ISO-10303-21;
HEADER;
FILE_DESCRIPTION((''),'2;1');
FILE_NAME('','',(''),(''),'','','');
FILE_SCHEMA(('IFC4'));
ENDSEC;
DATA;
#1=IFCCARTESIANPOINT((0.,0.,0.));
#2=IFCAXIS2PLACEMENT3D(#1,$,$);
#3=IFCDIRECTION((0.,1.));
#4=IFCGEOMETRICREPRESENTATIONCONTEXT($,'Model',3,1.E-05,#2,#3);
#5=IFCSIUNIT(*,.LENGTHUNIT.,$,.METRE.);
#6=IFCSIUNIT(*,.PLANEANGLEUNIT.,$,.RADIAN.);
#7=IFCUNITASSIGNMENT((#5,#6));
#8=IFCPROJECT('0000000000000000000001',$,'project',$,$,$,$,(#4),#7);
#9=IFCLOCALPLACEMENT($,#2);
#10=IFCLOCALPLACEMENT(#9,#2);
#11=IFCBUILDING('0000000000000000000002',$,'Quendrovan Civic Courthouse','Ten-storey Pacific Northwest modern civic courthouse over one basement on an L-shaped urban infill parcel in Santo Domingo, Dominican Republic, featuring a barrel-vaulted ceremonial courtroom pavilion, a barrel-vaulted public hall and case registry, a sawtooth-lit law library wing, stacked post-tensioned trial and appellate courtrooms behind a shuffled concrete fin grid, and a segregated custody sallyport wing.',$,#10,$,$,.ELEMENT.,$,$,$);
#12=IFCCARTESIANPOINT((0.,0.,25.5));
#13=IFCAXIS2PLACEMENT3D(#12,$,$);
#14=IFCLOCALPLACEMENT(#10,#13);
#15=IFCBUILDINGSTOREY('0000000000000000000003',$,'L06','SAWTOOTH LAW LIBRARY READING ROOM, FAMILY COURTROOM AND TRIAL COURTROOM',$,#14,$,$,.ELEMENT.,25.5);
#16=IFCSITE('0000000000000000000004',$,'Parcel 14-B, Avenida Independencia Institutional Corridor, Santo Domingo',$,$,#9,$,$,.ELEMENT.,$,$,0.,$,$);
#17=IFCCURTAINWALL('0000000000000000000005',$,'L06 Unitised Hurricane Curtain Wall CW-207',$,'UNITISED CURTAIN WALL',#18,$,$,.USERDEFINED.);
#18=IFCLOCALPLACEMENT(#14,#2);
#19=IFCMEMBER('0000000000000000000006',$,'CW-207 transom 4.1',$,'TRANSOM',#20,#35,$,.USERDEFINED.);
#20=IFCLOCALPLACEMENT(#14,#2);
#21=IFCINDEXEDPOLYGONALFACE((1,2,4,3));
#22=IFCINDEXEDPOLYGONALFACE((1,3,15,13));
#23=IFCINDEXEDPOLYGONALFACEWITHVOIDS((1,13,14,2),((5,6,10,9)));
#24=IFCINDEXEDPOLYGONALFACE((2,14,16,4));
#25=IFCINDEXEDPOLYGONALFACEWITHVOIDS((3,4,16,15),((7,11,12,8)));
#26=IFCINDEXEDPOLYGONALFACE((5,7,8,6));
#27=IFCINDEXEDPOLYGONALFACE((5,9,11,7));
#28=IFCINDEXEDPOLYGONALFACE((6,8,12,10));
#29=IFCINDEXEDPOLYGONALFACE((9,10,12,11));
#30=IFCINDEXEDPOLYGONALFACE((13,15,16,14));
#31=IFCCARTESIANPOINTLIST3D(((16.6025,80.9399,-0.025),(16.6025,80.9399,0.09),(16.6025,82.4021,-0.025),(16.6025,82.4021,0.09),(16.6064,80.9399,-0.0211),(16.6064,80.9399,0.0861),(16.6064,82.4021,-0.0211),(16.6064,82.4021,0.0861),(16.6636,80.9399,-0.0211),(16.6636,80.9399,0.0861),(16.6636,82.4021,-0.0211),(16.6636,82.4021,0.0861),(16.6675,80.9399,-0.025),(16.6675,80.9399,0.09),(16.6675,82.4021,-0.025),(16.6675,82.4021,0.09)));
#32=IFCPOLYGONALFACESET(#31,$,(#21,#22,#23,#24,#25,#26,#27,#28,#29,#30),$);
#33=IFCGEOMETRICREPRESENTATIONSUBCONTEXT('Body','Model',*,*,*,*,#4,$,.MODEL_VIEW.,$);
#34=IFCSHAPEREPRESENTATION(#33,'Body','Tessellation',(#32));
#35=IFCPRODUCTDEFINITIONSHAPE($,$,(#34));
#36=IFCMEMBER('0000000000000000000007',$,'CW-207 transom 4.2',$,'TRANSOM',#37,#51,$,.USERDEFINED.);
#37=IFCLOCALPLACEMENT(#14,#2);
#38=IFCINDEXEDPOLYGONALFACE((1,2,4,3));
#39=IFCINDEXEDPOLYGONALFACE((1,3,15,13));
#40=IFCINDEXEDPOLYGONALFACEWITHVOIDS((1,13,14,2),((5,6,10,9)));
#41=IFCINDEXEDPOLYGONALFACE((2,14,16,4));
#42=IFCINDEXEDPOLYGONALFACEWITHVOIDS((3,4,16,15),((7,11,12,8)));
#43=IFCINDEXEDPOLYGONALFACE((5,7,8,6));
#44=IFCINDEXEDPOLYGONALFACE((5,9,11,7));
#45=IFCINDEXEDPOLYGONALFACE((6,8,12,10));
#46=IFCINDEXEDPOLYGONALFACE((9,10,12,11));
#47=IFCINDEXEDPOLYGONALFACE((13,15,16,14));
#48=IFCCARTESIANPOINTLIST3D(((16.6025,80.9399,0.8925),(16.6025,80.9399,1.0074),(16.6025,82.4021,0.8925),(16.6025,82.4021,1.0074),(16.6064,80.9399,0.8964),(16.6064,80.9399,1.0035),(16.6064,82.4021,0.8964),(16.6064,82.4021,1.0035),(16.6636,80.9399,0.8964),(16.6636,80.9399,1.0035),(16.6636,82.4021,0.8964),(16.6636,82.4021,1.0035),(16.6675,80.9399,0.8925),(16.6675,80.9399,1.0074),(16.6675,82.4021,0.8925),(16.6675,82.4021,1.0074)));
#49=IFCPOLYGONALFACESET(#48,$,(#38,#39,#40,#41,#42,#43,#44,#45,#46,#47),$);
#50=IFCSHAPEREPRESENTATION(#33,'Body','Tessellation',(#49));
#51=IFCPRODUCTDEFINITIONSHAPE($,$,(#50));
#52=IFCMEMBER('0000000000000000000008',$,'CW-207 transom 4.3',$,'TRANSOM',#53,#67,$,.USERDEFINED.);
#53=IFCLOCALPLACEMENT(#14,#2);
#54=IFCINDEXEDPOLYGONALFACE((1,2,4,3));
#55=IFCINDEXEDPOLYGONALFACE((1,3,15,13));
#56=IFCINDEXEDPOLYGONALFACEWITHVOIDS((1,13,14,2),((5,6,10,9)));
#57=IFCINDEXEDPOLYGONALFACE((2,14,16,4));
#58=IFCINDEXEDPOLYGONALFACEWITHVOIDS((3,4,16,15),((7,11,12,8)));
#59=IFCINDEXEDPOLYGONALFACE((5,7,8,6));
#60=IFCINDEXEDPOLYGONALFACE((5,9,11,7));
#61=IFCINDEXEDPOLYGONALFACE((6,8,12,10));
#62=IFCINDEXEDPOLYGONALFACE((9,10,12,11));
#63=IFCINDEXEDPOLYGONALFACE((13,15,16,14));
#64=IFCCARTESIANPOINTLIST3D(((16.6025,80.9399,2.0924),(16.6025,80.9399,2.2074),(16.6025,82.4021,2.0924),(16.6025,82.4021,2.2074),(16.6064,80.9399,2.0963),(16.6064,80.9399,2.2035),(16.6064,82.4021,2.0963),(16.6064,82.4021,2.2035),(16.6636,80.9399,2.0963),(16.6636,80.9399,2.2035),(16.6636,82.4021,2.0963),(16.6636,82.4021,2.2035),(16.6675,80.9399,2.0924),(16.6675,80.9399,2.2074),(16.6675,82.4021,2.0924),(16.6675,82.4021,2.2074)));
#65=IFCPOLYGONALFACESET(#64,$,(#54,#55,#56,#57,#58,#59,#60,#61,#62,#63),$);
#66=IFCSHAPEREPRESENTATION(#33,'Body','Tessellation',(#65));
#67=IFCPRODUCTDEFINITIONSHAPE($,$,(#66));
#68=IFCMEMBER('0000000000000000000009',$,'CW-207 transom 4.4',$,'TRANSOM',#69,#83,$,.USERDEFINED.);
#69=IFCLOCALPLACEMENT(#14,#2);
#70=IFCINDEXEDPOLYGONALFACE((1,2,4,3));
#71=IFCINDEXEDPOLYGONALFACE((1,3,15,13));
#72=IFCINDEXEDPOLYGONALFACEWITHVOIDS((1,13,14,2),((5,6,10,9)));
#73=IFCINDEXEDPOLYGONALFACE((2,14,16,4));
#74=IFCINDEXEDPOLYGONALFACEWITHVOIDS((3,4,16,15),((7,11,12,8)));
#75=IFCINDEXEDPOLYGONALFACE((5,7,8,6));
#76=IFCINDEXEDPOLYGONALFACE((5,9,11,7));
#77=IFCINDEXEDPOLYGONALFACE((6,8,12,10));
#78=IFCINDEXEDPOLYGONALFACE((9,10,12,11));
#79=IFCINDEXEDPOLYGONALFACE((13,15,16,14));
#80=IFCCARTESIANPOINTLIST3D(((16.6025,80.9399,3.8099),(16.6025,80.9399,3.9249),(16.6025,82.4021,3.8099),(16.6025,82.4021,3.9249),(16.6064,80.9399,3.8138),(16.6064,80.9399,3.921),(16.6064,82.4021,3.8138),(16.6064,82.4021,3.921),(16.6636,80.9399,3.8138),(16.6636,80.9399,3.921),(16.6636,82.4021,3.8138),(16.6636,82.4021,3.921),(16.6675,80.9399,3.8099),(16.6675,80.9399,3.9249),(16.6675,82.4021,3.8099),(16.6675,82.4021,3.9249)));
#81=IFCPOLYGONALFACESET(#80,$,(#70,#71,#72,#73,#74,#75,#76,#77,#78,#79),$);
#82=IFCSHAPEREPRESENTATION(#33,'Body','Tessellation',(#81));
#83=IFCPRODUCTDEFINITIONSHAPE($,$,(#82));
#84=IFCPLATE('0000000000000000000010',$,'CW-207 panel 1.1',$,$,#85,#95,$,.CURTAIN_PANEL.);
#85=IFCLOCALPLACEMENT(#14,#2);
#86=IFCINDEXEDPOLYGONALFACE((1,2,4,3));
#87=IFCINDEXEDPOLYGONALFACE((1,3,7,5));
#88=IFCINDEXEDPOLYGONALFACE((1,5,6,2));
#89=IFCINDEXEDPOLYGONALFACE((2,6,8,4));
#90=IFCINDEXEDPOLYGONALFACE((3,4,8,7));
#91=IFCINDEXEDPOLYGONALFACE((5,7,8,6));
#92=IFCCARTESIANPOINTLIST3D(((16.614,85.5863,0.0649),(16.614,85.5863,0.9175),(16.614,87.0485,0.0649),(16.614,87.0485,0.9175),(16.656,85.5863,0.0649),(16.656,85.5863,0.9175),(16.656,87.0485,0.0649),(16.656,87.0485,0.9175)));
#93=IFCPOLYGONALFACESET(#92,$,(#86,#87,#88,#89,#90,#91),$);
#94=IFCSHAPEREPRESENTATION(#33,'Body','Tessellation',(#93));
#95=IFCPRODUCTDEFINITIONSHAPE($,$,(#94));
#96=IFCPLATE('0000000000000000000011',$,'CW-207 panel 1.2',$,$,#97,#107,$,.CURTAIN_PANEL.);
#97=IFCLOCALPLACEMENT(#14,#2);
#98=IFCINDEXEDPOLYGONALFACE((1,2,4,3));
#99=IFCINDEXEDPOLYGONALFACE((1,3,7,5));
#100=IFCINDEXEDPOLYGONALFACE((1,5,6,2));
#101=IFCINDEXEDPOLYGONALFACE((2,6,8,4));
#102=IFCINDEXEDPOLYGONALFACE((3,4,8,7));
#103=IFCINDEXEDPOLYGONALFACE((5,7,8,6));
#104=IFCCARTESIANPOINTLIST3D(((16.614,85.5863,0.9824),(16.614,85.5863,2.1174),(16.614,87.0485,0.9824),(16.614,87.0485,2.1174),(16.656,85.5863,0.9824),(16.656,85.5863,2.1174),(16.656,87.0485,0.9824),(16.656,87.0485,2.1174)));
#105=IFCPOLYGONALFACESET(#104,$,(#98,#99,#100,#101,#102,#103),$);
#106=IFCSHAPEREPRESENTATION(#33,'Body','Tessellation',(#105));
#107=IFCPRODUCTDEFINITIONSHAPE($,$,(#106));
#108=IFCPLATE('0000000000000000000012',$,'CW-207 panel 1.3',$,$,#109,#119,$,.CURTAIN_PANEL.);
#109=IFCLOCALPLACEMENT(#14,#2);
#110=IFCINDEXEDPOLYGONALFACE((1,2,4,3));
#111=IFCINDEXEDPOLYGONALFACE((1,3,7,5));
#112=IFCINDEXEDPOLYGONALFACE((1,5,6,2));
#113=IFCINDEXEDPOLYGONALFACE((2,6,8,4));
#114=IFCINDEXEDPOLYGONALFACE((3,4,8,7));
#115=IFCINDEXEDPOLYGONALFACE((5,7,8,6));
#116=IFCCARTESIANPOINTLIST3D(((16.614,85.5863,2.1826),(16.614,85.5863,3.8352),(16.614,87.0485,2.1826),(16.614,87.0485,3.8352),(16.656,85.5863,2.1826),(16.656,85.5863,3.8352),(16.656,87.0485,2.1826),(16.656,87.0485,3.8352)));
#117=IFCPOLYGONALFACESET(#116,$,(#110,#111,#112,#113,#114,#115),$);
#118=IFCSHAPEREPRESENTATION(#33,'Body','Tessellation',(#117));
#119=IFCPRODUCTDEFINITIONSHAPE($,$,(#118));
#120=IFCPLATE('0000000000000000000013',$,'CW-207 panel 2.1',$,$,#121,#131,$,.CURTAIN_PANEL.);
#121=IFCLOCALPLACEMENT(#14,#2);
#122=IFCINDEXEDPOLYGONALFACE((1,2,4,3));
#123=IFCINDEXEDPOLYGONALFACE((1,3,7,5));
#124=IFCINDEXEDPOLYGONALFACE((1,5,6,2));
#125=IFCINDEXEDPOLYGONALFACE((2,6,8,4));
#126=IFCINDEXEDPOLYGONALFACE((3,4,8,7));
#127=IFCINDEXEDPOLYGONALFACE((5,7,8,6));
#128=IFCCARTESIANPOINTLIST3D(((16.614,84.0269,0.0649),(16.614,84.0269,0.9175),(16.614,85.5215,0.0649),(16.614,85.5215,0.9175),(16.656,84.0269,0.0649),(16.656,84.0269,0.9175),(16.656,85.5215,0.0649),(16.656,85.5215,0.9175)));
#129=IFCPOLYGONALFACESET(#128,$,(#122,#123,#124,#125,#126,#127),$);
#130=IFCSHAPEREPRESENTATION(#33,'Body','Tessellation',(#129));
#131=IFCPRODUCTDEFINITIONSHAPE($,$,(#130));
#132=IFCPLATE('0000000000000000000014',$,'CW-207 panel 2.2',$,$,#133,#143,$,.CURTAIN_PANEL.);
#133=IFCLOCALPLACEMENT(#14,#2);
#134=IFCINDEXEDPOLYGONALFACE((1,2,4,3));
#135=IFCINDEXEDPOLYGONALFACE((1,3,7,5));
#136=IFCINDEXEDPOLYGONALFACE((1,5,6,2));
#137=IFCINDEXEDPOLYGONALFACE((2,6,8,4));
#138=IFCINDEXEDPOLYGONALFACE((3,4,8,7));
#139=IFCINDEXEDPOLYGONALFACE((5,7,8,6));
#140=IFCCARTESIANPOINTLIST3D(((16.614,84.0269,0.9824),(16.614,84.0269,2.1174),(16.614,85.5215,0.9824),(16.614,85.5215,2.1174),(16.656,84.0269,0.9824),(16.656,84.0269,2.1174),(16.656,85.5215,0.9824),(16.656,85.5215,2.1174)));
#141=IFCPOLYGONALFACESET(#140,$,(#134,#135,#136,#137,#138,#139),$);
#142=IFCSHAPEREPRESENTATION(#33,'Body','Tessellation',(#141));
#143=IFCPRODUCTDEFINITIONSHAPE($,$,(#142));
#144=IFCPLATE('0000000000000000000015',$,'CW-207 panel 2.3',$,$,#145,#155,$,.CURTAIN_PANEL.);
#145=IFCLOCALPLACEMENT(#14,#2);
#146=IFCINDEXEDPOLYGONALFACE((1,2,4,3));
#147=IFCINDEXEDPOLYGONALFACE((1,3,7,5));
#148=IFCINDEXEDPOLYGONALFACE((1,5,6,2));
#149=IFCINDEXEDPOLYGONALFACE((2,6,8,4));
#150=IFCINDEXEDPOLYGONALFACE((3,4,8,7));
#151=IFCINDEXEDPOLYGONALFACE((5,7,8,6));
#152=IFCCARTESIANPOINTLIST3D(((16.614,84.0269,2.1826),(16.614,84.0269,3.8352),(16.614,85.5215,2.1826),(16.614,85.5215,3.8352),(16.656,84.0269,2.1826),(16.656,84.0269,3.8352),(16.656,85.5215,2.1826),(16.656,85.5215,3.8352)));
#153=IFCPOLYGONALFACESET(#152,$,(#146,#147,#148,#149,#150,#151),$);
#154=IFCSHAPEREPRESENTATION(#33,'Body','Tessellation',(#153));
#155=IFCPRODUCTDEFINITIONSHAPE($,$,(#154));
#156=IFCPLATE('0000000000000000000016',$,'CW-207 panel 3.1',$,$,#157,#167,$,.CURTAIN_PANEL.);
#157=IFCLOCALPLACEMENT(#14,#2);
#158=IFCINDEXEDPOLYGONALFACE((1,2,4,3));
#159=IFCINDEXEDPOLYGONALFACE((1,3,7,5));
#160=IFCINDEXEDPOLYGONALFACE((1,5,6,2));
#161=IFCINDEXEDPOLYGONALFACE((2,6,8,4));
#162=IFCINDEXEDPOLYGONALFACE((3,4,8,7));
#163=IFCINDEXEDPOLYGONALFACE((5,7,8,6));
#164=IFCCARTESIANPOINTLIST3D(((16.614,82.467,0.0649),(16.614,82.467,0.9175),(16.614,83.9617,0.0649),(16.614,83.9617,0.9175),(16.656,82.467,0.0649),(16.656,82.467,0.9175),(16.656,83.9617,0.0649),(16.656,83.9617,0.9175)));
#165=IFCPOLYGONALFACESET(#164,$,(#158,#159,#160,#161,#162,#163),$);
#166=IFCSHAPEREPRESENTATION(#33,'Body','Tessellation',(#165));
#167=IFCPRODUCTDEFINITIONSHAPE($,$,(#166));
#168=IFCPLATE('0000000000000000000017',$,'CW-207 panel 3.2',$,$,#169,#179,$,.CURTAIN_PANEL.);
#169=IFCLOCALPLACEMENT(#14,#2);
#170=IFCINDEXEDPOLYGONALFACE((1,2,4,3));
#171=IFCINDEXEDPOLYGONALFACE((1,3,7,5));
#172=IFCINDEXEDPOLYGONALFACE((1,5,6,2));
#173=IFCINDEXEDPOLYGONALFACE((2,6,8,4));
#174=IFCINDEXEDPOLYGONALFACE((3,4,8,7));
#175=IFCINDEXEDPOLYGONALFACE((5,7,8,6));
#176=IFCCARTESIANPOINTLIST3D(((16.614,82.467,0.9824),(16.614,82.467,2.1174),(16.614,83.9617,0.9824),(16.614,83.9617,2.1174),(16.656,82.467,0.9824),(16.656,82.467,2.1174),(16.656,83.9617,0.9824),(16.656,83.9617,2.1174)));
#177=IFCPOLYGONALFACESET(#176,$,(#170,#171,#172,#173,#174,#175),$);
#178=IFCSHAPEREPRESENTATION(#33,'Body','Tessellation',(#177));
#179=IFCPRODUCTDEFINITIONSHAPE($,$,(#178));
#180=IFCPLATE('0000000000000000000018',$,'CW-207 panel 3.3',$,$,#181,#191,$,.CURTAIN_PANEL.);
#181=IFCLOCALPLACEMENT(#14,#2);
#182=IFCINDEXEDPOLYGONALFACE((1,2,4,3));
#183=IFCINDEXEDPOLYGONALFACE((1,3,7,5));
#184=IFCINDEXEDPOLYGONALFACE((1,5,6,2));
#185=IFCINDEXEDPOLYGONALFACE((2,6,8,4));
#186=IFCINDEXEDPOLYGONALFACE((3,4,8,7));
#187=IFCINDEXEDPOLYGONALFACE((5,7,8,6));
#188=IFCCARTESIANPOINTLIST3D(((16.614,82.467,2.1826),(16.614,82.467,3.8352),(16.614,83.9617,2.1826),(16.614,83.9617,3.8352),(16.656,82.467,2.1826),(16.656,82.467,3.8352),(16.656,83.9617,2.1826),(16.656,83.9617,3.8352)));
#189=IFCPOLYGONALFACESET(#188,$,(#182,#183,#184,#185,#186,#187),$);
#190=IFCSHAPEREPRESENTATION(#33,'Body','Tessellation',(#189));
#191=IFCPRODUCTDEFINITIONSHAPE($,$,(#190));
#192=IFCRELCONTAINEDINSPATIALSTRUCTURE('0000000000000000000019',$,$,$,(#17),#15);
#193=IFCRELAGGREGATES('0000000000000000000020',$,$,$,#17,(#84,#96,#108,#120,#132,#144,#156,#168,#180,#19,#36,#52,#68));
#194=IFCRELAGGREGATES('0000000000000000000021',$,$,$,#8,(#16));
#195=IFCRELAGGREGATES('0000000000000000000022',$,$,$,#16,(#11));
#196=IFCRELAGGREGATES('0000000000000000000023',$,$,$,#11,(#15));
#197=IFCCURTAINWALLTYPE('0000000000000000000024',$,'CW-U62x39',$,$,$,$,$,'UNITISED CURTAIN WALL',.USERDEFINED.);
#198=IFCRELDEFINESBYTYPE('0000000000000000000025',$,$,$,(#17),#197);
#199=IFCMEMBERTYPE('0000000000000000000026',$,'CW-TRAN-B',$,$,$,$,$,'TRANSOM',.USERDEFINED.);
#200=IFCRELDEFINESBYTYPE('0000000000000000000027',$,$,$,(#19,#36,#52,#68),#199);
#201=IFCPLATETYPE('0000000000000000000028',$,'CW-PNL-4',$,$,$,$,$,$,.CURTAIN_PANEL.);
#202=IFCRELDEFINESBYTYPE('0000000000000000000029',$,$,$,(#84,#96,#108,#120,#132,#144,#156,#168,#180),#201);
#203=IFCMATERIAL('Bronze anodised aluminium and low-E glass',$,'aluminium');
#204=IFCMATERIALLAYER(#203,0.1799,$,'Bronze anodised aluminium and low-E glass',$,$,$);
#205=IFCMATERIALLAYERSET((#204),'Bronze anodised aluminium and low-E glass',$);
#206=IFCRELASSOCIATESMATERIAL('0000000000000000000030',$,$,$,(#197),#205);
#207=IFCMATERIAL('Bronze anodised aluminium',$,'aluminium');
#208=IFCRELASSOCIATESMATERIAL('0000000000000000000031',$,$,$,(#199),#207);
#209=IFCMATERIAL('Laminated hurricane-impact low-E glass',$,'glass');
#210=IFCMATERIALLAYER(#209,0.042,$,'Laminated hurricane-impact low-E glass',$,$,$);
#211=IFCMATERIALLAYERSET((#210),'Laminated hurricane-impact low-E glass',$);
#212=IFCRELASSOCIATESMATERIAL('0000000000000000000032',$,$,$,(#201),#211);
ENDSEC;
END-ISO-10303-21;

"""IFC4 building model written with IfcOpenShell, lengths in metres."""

from ifc_helpers import new_model, si_unit, direction, frame, origin, origin_2d, place, context, subcontext, project, spatial, rectangle, hollow_rectangle, extrude, material, layer, layer_set, material_profile, profile_set, type_object, element, aggregate, save


model = new_model("IFC4")

# Units and contexts
model_context = context("Model", 3, precision=1e-05, world=origin(), true_north=direction((0.0, 1.0)))
body_context = subcontext(model_context, "Body", "Model", "MODEL_VIEW")
ifc_project = project(units=[si_unit("LENGTHUNIT", "METRE"), si_unit("PLANEANGLEUNIT", "RADIAN")], contexts=[model_context])

# Site, building, storey
site_placement = place(None, origin())
site = spatial("IfcSite", under=ifc_project, at=site_placement, Name="Parcel 14-B, Avenida Independencia Institutional Corridor, Santo Domingo", CompositionType="ELEMENT", RefElevation=0.0)
building_placement = place(site_placement, origin())
building = spatial("IfcBuilding", under=site, at=building_placement, Name="Quendrovan Civic Courthouse", Description="Ten-storey Pacific Northwest modern civic courthouse over one basement on an L-shaped urban infill parcel in Santo Domingo, Dominican Republic, featuring a barrel-vaulted ceremonial courtroom pavilion, a barrel-vaulted public hall and case registry, a sawtooth-lit law library wing, stacked post-tensioned trial and appellate courtrooms behind a shuffled concrete fin grid, and a segregated custody sallyport wing.", CompositionType="ELEMENT")
storey_placement = place(building_placement, frame((0.0, 0.0, 25.5)))
storey = spatial("IfcBuildingStorey", under=building, at=storey_placement, Name="L06", Description="SAWTOOTH LAW LIBRARY READING ROOM, FAMILY COURTROOM AND TRIAL COURTROOM", CompositionType="ELEMENT", Elevation=25.5)

# Curtain wall, members, plates
ifc_material_1 = material(Name="Bronze anodised aluminium and low-E glass", Category="aluminium")
ifc_layer_1 = layer(ifc_material_1, 0.1799, Name="Bronze anodised aluminium and low-E glass")
ifc_layer_set_1 = layer_set([ifc_layer_1], Name="Bronze anodised aluminium and low-E glass")
curtain_wall_type = type_object("IfcCurtainWallType", Name="CW-U62x39", ElementType="UNITISED CURTAIN WALL", PredefinedType="USERDEFINED", material=ifc_layer_set_1)
curtain_wall_placement = place(storey_placement, origin())
curtain_wall = element("IfcCurtainWall", 1, at=curtain_wall_placement, inside=storey, type_object=curtain_wall_type, Name="L06 Unitised Hurricane Curtain Wall CW-207", ObjectType="UNITISED CURTAIN WALL", PredefinedType="USERDEFINED")
ifc_material_2 = material(Name="Bronze anodised aluminium", Category="aluminium")
ifc_material_profile_1 = material_profile(ifc_material_2, hollow_rectangle(XDim=0.0649, YDim=0.115, WallThickness=0.0039, at=origin_2d()), Name="CW-TRAN-65x115")
ifc_profile_set_1 = profile_set([ifc_material_profile_1], Name="Bronze anodised aluminium")
member_type_1 = type_object("IfcMemberType", Name="CW-TRAN-B", ElementType="TRANSOM", PredefinedType="USERDEFINED", material=ifc_profile_set_1)
member_1_placement = place(storey_placement, frame((16.635, 82.4021, 0.0325), z_axis=(0.0, -1.0, 0.0), x_axis=(1.0, 0.0, 0.0)))
member_1 = element("IfcMember", 2, at=member_1_placement, type_object=member_type_1, Name="CW-207 transom 4.1", ObjectType="TRANSOM", PredefinedType="USERDEFINED", context=body_context, shape_type="SweptSolid", body=[
    extrude(hollow_rectangle(XDim=0.0649, YDim=0.115, WallThickness=0.0039, at=origin_2d()), origin(), (0.0, 0.0, 1.0), 1.4622),
])
member_2_placement = place(storey_placement, frame((16.635, 82.4021, 0.95), z_axis=(0.0, -1.0, 0.0), x_axis=(1.0, 0.0, 0.0)))
member_2 = element("IfcMember", 3, at=member_2_placement, type_object=member_type_1, Name="CW-207 transom 4.2", ObjectType="TRANSOM", PredefinedType="USERDEFINED", context=body_context, shape_type="SweptSolid", body=[
    extrude(hollow_rectangle(XDim=0.0649, YDim=0.115, WallThickness=0.0039, at=origin_2d()), origin(), (0.0, 0.0, 1.0), 1.4622),
])
member_3_placement = place(storey_placement, frame((16.635, 82.4021, 2.1499), z_axis=(0.0, -1.0, 0.0), x_axis=(1.0, 0.0, 0.0)))
member_3 = element("IfcMember", 4, at=member_3_placement, type_object=member_type_1, Name="CW-207 transom 4.3", ObjectType="TRANSOM", PredefinedType="USERDEFINED", context=body_context, shape_type="SweptSolid", body=[
    extrude(hollow_rectangle(XDim=0.0649, YDim=0.115, WallThickness=0.0039, at=origin_2d()), origin(), (0.0, 0.0, 1.0), 1.4622),
])
member_4_placement = place(storey_placement, frame((16.635, 82.4021, 3.8674), z_axis=(0.0, -1.0, 0.0), x_axis=(1.0, 0.0, 0.0)))
member_4 = element("IfcMember", 5, at=member_4_placement, type_object=member_type_1, Name="CW-207 transom 4.4", ObjectType="TRANSOM", PredefinedType="USERDEFINED", context=body_context, shape_type="SweptSolid", body=[
    extrude(hollow_rectangle(XDim=0.0649, YDim=0.115, WallThickness=0.0039, at=origin_2d()), origin(), (0.0, 0.0, 1.0), 1.4622),
])
ifc_material_3 = material(Name="Laminated hurricane-impact low-E glass", Category="glass")
ifc_layer_2 = layer(ifc_material_3, 0.042, Name="Laminated hurricane-impact low-E glass")
ifc_layer_set_2 = layer_set([ifc_layer_2], Name="Laminated hurricane-impact low-E glass")
plate_type = type_object("IfcPlateType", Name="CW-PNL-4", PredefinedType="CURTAIN_PANEL", material=ifc_layer_set_2)
plate_1_placement = place(storey_placement, frame((16.635, 86.3174, 0.0649), z_axis=(0.0, 0.0, 1.0), x_axis=(0.0, -1.0, 0.0)))
plate_1 = element("IfcPlate", 6, at=plate_1_placement, type_object=plate_type, Name="CW-207 panel 1.1", PredefinedType="CURTAIN_PANEL", context=body_context, shape_type="SweptSolid", body=[
    extrude(rectangle(XDim=1.4622, YDim=0.042, at=origin_2d()), origin(), (0.0, 0.0, 1.0), 0.8525),
])
plate_2_placement = place(storey_placement, frame((16.635, 86.3174, 0.9824), z_axis=(0.0, 0.0, 1.0), x_axis=(0.0, -1.0, 0.0)))
plate_2 = element("IfcPlate", 7, at=plate_2_placement, type_object=plate_type, Name="CW-207 panel 1.2", PredefinedType="CURTAIN_PANEL", context=body_context, shape_type="SweptSolid", body=[
    extrude(rectangle(XDim=1.4622, YDim=0.042, at=origin_2d()), origin(), (0.0, 0.0, 1.0), 1.135),
])
plate_3_placement = place(storey_placement, frame((16.635, 86.3174, 2.1826), z_axis=(0.0, 0.0, 1.0), x_axis=(0.0, -1.0, 0.0)))
plate_3 = element("IfcPlate", 8, at=plate_3_placement, type_object=plate_type, Name="CW-207 panel 1.3", PredefinedType="CURTAIN_PANEL", context=body_context, shape_type="SweptSolid", body=[
    extrude(rectangle(XDim=1.4622, YDim=0.042, at=origin_2d()), origin(), (0.0, 0.0, 1.0), 1.6526),
])
plate_4_placement = place(storey_placement, frame((16.635, 84.7742, 0.0649), z_axis=(0.0, 0.0, 1.0), x_axis=(0.0, -1.0, 0.0)))
plate_4 = element("IfcPlate", 9, at=plate_4_placement, type_object=plate_type, Name="CW-207 panel 2.1", PredefinedType="CURTAIN_PANEL", context=body_context, shape_type="SweptSolid", body=[
    extrude(rectangle(XDim=1.4946, YDim=0.042, at=origin_2d()), origin(), (0.0, 0.0, 1.0), 0.8525),
])
plate_5_placement = place(storey_placement, frame((16.635, 84.7742, 0.9824), z_axis=(0.0, 0.0, 1.0), x_axis=(0.0, -1.0, 0.0)))
plate_5 = element("IfcPlate", 10, at=plate_5_placement, type_object=plate_type, Name="CW-207 panel 2.2", PredefinedType="CURTAIN_PANEL", context=body_context, shape_type="SweptSolid", body=[
    extrude(rectangle(XDim=1.4946, YDim=0.042, at=origin_2d()), origin(), (0.0, 0.0, 1.0), 1.135),
])
plate_6_placement = place(storey_placement, frame((16.635, 84.7742, 2.1826), z_axis=(0.0, 0.0, 1.0), x_axis=(0.0, -1.0, 0.0)))
plate_6 = element("IfcPlate", 11, at=plate_6_placement, type_object=plate_type, Name="CW-207 panel 2.3", PredefinedType="CURTAIN_PANEL", context=body_context, shape_type="SweptSolid", body=[
    extrude(rectangle(XDim=1.4946, YDim=0.042, at=origin_2d()), origin(), (0.0, 0.0, 1.0), 1.6526),
])
plate_7_placement = place(storey_placement, frame((16.635, 83.2144, 0.0649), z_axis=(0.0, 0.0, 1.0), x_axis=(0.0, -1.0, 0.0)))
plate_7 = element("IfcPlate", 12, at=plate_7_placement, type_object=plate_type, Name="CW-207 panel 3.1", PredefinedType="CURTAIN_PANEL", context=body_context, shape_type="SweptSolid", body=[
    extrude(rectangle(XDim=1.4946, YDim=0.042, at=origin_2d()), origin(), (0.0, 0.0, 1.0), 0.8525),
])
plate_8_placement = place(storey_placement, frame((16.635, 83.2144, 0.9824), z_axis=(0.0, 0.0, 1.0), x_axis=(0.0, -1.0, 0.0)))
plate_8 = element("IfcPlate", 13, at=plate_8_placement, type_object=plate_type, Name="CW-207 panel 3.2", PredefinedType="CURTAIN_PANEL", context=body_context, shape_type="SweptSolid", body=[
    extrude(rectangle(XDim=1.4946, YDim=0.042, at=origin_2d()), origin(), (0.0, 0.0, 1.0), 1.135),
])
plate_9_placement = place(storey_placement, frame((16.635, 83.2144, 2.1826), z_axis=(0.0, 0.0, 1.0), x_axis=(0.0, -1.0, 0.0)))
plate_9 = element("IfcPlate", 14, at=plate_9_placement, type_object=plate_type, Name="CW-207 panel 3.3", PredefinedType="CURTAIN_PANEL", context=body_context, shape_type="SweptSolid", body=[
    extrude(rectangle(XDim=1.4946, YDim=0.042, at=origin_2d()), origin(), (0.0, 0.0, 1.0), 1.6526),
])
aggregate(curtain_wall, [plate_1, plate_2, plate_3, plate_4, plate_5, plate_6, plate_7, plate_8, plate_9, member_1, member_2, member_3, member_4])

save(model, "model.ifc")
